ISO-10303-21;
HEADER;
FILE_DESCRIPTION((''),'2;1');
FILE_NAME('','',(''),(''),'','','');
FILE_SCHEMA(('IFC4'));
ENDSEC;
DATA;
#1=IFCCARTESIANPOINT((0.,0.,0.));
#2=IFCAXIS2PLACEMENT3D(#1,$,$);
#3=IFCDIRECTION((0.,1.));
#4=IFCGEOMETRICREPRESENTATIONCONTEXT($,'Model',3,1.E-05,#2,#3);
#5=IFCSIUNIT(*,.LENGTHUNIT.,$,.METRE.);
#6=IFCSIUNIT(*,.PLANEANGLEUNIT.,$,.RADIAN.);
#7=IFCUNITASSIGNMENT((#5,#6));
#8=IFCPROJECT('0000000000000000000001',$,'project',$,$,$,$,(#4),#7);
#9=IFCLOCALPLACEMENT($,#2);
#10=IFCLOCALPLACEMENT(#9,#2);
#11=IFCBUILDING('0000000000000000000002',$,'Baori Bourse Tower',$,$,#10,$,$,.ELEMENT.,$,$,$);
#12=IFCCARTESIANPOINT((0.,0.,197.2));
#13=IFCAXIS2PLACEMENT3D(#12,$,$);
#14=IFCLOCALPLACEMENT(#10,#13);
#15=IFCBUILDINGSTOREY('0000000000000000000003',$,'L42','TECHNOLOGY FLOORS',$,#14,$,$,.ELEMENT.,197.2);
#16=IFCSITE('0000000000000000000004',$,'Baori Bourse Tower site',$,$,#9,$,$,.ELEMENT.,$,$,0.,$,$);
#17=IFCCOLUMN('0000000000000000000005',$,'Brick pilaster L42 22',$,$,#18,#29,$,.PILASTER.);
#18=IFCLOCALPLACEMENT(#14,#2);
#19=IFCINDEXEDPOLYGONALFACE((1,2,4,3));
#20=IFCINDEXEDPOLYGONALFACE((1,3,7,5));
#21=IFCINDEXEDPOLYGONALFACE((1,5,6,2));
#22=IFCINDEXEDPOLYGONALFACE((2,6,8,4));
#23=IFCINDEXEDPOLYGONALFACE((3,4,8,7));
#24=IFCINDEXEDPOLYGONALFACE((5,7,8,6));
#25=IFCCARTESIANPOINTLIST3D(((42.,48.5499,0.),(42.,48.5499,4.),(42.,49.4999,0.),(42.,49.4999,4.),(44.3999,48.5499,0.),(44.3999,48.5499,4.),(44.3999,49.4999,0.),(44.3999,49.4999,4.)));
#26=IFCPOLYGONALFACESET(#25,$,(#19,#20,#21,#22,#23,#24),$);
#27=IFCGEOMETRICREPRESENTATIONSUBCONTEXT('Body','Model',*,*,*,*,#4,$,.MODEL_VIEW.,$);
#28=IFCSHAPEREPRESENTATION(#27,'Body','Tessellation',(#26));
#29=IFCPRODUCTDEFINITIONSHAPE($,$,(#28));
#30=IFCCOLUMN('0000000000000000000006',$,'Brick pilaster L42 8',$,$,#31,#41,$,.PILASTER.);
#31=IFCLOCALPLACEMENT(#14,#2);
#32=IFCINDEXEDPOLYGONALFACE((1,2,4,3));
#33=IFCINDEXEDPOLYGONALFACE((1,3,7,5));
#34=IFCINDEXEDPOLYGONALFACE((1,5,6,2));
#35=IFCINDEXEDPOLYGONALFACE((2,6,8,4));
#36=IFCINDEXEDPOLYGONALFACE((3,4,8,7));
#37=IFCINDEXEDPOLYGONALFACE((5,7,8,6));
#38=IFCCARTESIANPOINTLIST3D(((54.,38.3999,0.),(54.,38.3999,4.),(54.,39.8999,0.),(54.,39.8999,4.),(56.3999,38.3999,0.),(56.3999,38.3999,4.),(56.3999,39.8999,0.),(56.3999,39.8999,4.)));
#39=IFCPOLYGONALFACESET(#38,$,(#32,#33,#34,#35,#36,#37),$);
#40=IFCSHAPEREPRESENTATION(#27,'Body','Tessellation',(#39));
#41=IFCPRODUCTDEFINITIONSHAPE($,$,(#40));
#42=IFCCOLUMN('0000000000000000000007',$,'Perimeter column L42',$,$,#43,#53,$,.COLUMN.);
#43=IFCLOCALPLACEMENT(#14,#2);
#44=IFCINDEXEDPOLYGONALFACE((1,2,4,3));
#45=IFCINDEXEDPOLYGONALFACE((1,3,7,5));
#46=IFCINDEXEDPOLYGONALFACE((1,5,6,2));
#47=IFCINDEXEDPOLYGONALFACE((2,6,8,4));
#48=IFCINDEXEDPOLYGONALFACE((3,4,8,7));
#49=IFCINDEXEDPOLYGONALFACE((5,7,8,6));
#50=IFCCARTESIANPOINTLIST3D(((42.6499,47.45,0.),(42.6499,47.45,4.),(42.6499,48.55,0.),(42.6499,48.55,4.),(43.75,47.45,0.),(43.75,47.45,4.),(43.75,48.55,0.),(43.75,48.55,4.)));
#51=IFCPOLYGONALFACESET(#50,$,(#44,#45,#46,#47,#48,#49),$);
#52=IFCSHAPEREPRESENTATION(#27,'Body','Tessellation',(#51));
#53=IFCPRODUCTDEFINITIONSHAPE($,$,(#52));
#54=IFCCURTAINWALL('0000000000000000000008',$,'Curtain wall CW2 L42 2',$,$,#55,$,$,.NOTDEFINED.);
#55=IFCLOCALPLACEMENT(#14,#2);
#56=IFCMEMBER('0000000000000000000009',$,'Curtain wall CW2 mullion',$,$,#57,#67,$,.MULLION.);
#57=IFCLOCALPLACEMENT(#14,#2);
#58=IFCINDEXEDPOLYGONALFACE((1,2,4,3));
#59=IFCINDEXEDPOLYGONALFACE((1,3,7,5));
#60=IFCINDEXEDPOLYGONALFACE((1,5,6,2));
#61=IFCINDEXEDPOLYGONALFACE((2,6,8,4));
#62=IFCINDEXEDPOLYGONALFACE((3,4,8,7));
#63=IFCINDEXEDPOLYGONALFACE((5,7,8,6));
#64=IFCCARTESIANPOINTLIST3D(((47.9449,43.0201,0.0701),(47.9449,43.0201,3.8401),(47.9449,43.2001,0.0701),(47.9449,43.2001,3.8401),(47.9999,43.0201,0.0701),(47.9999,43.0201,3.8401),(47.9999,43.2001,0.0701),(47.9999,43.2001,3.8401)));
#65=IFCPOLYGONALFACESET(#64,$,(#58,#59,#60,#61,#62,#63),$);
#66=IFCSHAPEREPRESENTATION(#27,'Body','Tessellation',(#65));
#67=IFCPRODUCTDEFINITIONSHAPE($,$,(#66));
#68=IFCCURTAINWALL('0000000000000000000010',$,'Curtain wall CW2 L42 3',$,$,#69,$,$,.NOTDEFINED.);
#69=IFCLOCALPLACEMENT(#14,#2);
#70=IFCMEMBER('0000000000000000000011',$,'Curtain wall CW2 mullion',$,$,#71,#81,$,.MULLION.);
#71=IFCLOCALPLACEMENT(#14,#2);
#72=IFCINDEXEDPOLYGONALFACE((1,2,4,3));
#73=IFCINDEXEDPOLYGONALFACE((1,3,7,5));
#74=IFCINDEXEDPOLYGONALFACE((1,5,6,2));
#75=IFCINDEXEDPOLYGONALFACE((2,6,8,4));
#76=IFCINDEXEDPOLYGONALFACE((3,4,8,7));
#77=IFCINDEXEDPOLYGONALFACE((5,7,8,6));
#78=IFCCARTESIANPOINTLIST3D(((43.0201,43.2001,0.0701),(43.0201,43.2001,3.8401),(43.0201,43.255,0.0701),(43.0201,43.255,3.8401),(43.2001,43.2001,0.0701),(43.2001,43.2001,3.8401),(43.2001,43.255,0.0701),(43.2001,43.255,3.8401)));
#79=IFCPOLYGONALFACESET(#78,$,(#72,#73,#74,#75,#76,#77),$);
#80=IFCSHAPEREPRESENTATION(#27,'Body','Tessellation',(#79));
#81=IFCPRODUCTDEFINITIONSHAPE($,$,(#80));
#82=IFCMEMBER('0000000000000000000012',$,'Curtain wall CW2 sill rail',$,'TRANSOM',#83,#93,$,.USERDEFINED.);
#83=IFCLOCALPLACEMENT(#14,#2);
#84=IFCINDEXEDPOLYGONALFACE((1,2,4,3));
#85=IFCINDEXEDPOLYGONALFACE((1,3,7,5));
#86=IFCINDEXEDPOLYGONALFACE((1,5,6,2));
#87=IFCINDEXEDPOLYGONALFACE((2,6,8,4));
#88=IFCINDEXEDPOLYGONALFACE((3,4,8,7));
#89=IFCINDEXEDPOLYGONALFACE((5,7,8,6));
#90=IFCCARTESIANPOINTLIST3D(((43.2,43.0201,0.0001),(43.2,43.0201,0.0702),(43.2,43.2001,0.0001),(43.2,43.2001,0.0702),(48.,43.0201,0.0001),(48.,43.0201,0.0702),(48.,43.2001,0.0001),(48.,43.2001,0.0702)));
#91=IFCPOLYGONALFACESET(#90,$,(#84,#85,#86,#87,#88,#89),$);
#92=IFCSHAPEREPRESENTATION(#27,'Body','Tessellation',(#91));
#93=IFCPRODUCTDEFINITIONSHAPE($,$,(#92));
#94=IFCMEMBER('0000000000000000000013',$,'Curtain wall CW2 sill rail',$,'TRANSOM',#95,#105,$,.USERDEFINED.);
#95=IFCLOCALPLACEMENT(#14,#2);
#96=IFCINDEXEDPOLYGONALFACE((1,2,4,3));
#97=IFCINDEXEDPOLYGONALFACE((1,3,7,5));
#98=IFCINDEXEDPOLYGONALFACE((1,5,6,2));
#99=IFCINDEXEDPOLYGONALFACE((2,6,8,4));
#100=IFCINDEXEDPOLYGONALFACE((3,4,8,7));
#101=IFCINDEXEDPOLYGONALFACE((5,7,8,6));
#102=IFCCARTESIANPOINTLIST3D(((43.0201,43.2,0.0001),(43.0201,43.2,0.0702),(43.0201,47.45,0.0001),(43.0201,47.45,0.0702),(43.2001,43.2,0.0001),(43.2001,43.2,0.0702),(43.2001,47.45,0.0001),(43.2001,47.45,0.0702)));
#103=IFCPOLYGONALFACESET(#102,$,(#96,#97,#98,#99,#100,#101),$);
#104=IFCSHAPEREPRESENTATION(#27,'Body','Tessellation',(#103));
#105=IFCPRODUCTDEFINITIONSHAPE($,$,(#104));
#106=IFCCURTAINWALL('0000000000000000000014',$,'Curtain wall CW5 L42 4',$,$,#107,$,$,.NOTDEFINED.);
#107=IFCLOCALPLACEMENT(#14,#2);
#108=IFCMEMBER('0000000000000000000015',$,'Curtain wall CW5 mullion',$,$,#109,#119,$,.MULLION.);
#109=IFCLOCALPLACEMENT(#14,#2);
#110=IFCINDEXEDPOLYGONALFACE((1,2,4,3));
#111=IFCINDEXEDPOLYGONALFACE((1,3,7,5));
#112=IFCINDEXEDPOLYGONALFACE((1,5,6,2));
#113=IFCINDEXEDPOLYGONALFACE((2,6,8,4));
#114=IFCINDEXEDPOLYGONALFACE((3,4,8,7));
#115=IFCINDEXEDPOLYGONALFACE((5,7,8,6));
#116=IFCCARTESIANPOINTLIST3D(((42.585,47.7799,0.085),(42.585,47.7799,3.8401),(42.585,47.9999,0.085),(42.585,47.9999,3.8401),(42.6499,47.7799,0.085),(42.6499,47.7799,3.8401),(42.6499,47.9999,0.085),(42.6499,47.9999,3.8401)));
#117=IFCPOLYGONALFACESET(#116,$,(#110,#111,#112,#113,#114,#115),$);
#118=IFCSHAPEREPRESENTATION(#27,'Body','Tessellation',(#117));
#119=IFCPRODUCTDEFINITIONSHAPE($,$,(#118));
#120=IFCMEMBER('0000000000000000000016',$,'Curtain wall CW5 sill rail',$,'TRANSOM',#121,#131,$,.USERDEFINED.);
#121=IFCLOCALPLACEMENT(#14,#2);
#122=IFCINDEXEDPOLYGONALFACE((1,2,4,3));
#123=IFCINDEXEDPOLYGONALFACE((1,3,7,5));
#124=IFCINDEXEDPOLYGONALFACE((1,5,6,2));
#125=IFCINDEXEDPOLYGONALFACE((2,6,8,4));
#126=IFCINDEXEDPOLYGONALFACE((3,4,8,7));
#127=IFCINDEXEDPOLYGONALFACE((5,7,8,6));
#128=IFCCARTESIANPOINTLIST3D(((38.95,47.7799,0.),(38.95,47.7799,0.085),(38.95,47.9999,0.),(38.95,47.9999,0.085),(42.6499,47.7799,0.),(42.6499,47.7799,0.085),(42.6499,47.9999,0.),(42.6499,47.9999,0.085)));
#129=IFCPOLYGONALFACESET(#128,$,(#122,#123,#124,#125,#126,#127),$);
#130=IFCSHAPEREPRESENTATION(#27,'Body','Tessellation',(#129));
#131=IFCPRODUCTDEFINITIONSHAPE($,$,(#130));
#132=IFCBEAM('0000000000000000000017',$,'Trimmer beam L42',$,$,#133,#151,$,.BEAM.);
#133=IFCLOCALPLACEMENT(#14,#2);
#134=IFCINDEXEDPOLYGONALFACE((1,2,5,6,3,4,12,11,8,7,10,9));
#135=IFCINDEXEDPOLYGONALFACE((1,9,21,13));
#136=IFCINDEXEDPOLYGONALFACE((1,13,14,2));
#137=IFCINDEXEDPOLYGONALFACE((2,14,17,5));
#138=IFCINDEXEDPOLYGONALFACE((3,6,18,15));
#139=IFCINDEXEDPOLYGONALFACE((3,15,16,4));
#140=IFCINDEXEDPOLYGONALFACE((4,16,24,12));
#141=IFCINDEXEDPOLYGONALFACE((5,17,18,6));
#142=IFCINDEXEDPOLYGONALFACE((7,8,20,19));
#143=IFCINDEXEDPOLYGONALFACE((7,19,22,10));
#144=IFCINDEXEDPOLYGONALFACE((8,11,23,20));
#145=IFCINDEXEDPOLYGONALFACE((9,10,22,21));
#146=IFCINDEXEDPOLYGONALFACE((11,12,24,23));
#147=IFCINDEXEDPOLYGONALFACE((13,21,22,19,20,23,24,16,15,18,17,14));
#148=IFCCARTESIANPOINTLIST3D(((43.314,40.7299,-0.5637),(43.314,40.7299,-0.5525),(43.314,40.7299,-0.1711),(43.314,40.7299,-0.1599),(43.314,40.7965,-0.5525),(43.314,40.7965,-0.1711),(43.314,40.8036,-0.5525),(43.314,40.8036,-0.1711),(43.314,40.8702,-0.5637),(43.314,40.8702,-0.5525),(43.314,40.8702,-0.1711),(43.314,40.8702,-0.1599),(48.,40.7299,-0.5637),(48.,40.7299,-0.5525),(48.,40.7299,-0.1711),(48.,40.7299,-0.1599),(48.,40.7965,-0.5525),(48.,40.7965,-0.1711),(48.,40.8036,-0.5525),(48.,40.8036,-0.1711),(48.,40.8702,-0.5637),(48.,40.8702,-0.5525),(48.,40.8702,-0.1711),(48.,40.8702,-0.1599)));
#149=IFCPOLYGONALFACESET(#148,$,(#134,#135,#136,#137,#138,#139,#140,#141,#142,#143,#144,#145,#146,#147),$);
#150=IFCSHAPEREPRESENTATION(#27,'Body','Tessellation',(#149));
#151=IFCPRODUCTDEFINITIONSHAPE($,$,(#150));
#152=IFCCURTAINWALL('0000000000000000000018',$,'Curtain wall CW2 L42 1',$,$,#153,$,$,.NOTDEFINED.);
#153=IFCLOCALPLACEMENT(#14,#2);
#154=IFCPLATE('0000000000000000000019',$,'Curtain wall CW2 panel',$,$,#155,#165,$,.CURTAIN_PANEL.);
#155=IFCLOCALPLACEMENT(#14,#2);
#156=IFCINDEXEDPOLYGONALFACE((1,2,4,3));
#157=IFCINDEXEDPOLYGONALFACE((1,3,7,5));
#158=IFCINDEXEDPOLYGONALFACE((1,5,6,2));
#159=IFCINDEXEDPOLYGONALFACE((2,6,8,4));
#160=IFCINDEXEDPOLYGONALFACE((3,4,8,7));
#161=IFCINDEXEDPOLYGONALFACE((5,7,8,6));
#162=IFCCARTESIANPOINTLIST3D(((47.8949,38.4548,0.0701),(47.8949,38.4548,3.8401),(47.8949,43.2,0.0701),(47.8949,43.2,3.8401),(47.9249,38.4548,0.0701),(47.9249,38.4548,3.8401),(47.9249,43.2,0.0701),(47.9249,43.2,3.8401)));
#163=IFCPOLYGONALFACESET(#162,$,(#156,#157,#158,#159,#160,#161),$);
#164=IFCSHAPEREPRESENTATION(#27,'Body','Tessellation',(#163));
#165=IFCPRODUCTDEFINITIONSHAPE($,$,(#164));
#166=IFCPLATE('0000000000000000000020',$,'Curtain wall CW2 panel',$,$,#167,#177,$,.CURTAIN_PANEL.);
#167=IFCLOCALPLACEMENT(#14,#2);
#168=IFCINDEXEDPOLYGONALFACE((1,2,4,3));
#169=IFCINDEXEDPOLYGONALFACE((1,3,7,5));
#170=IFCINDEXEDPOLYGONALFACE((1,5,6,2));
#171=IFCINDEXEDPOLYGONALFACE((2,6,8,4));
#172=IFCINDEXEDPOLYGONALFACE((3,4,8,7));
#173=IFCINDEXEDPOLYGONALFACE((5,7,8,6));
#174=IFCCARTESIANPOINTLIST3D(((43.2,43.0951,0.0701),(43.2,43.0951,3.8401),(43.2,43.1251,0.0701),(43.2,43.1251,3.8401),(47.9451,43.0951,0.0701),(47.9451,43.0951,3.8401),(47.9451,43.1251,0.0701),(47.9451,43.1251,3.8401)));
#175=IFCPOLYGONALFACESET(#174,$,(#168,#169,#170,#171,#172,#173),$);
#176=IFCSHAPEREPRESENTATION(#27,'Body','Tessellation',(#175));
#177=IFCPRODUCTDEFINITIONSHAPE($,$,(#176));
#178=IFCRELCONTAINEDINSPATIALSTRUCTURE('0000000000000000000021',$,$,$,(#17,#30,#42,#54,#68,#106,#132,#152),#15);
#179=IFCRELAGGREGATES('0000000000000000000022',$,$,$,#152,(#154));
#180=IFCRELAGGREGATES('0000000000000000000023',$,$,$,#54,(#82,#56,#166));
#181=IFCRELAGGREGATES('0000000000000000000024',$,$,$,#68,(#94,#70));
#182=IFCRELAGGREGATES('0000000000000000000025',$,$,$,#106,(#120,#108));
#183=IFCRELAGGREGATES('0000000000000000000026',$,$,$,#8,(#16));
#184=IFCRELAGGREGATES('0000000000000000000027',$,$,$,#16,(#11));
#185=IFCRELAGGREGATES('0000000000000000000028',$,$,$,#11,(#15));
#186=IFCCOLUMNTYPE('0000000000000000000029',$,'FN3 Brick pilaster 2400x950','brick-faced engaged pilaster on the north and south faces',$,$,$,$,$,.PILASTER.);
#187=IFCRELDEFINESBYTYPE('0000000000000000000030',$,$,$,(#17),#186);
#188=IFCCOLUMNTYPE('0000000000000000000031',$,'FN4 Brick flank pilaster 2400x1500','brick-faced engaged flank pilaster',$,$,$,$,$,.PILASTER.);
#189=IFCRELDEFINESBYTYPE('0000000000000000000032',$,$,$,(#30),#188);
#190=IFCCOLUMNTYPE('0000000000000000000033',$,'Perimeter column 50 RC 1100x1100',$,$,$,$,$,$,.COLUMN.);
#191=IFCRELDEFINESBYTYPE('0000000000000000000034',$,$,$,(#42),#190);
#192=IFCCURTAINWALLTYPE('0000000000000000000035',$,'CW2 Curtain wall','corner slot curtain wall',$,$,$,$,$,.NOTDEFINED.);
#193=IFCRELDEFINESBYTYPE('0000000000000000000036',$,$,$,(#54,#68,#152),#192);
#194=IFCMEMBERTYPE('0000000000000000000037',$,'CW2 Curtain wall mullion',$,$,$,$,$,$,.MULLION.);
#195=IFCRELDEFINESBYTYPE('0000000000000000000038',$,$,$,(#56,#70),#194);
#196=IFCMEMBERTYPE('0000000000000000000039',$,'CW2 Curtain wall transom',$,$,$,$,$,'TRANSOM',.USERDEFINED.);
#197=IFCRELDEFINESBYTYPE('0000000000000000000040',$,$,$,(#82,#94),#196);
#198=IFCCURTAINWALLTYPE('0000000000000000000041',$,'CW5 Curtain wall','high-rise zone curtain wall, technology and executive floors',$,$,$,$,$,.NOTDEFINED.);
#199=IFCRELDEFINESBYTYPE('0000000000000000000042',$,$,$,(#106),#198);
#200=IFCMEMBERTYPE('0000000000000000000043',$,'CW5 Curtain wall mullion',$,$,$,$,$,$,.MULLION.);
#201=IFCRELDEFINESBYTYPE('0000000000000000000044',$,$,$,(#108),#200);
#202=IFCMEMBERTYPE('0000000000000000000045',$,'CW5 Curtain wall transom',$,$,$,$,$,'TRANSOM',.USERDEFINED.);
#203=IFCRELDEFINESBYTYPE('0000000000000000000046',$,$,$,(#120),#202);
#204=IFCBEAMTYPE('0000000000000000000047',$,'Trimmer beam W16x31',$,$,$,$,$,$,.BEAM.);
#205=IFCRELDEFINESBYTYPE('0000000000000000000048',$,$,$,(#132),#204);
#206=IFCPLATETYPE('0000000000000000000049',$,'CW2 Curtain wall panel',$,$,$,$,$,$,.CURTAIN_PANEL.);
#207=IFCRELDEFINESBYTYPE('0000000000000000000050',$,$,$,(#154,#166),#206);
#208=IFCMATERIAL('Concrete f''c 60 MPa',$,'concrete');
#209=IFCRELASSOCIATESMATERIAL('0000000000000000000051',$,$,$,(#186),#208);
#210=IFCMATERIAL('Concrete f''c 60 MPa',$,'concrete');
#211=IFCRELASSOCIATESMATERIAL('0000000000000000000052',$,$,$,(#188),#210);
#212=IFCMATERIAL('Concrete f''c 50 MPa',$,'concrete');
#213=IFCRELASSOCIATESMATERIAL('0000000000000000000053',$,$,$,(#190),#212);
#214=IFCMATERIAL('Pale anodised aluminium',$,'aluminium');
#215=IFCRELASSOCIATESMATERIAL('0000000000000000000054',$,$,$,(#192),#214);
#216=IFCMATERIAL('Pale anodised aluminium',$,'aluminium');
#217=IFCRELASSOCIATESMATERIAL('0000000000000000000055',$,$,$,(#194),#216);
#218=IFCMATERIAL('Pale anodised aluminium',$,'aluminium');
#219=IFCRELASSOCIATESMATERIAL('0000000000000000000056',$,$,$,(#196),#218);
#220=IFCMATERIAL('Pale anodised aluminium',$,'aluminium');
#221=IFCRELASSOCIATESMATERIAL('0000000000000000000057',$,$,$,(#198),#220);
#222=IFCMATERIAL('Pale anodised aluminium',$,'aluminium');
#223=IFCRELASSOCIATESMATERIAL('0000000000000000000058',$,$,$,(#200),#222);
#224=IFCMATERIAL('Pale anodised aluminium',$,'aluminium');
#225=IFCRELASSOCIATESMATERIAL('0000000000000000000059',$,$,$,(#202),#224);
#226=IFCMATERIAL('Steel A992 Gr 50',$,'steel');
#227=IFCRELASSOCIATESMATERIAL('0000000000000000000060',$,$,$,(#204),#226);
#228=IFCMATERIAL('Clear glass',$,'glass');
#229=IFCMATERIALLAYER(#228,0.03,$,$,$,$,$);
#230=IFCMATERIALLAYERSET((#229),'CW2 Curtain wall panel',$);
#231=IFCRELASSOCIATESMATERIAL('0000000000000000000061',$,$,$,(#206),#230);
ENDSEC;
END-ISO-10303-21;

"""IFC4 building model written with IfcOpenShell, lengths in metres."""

from ifc_helpers import new_model, si_unit, direction, frame, origin, origin_2d, place, context, subcontext, project, spatial, rectangle, i_section, extrude, material, layer, layer_set, material_profile, profile_set, type_object, element, aggregate, save


model = new_model("IFC4")

# Units and contexts
model_context = context("Model", 3, precision=1e-05, world=origin(), true_north=direction((0.0, 1.0)))
body_context = subcontext(model_context, "Body", "Model", "MODEL_VIEW")
ifc_project = project(units=[si_unit("LENGTHUNIT", "METRE"), si_unit("PLANEANGLEUNIT", "RADIAN")], contexts=[model_context])

# Site, building, storey
site_placement = place(None, origin())
site = spatial("IfcSite", under=ifc_project, at=site_placement, Name="Baori Bourse Tower site", CompositionType="ELEMENT", RefElevation=0.0)
building_placement = place(site_placement, origin())
building = spatial("IfcBuilding", under=site, at=building_placement, Name="Baori Bourse Tower", CompositionType="ELEMENT")
storey_placement = place(building_placement, frame((0.0, 0.0, 197.2)))
storey = spatial("IfcBuildingStorey", under=building, at=storey_placement, Name="L42", Description="TECHNOLOGY FLOORS", CompositionType="ELEMENT", Elevation=197.2)

# Columns
ifc_material_1 = material(Name="Concrete f'c 60 MPa", Category="concrete")
ifc_material_profile_1 = material_profile(ifc_material_1, rectangle(XDim=2.3999, YDim=0.95, at=origin_2d()), Name="RC 2400x950")
ifc_profile_set_1 = profile_set([ifc_material_profile_1], Name="Concrete f'c 60 MPa")
column_type_1 = type_object("IfcColumnType", Name="FN3 Brick pilaster 2400x950", Description="brick-faced engaged pilaster on the north and south faces", PredefinedType="PILASTER", material=ifc_profile_set_1)
column_1_placement = place(storey_placement, frame((43.2, 49.0249, 0.0), z_axis=(0.0, 0.0, 1.0), x_axis=(1.0, 0.0, 0.0)))
element("IfcColumn", 1, at=column_1_placement, inside=storey, type_object=column_type_1, Name="Brick pilaster L42 22", PredefinedType="PILASTER", context=body_context, shape_type="SweptSolid", body=[
    extrude(rectangle(XDim=2.3999, YDim=0.95, at=origin_2d()), origin(), (0.0, 0.0, 1.0), 4.0),
])
ifc_material_2 = material(Name="Concrete f'c 60 MPa", Category="concrete")
ifc_material_profile_2 = material_profile(ifc_material_2, rectangle(XDim=2.3999, YDim=1.5, at=origin_2d()), Name="RC 2400x1500")
ifc_profile_set_2 = profile_set([ifc_material_profile_2], Name="Concrete f'c 60 MPa")
column_type_2 = type_object("IfcColumnType", Name="FN4 Brick flank pilaster 2400x1500", Description="brick-faced engaged flank pilaster", PredefinedType="PILASTER", material=ifc_profile_set_2)
column_2_placement = place(storey_placement, frame((55.2, 39.1499, 0.0), z_axis=(0.0, 0.0, 1.0), x_axis=(1.0, 0.0, 0.0)))
element("IfcColumn", 2, at=column_2_placement, inside=storey, type_object=column_type_2, Name="Brick pilaster L42 8", PredefinedType="PILASTER", context=body_context, shape_type="SweptSolid", body=[
    extrude(rectangle(XDim=2.3999, YDim=1.5, at=origin_2d()), origin(), (0.0, 0.0, 1.0), 4.0),
])
ifc_material_3 = material(Name="Concrete f'c 50 MPa", Category="concrete")
ifc_material_profile_3 = material_profile(ifc_material_3, rectangle(XDim=1.1001, YDim=1.1001, at=origin_2d()), Name="RC 1100x1100")
ifc_profile_set_3 = profile_set([ifc_material_profile_3], Name="Concrete f'c 50 MPa")
column_type_3 = type_object("IfcColumnType", Name="Perimeter column 50 RC 1100x1100", PredefinedType="COLUMN", material=ifc_profile_set_3)
column_3_placement = place(storey_placement, frame((43.2, 48.0, 0.0), z_axis=(0.0, 0.0, 1.0), x_axis=(1.0, 0.0, 0.0)))
element("IfcColumn", 3, at=column_3_placement, inside=storey, type_object=column_type_3, Name="Perimeter column L42", PredefinedType="COLUMN", context=body_context, shape_type="SweptSolid", body=[
    extrude(rectangle(XDim=1.1001, YDim=1.1001, at=origin_2d()), origin(), (0.0, 0.0, 1.0), 4.0),
])

# Curtain walls, members
ifc_material_4 = material(Name="Pale anodised aluminium", Category="aluminium")
curtain_wall_type_1 = type_object("IfcCurtainWallType", Name="CW2 Curtain wall", Description="corner slot curtain wall", PredefinedType="NOTDEFINED", material=ifc_material_4)
curtain_wall_1_placement = place(storey_placement, origin())
curtain_wall_1 = element("IfcCurtainWall", 4, at=curtain_wall_1_placement, inside=storey, type_object=curtain_wall_type_1, Name="Curtain wall CW2 L42 2", PredefinedType="NOTDEFINED")
ifc_material_5 = material(Name="Pale anodised aluminium", Category="aluminium")
ifc_material_profile_4 = material_profile(ifc_material_5, rectangle(XDim=0.1799, YDim=0.0549, at=origin_2d()), Name="Mullion 55x180")
ifc_profile_set_4 = profile_set([ifc_material_profile_4], Name="Pale anodised aluminium")
member_type_1 = type_object("IfcMemberType", Name="CW2 Curtain wall mullion", PredefinedType="MULLION", material=ifc_profile_set_4)
member_1_placement = place(storey_placement, frame((47.9724, 43.1101, 0.0701), z_axis=(0.0, 0.0, 1.0), x_axis=(0.0, -1.0, 0.0)))
member_1 = element("IfcMember", 5, at=member_1_placement, type_object=member_type_1, Name="Curtain wall CW2 mullion", PredefinedType="MULLION", context=body_context, shape_type="SweptSolid", body=[
    extrude(rectangle(XDim=0.1799, YDim=0.0549, at=origin_2d()), origin(), (0.0, 0.0, 1.0), 3.77),
])
curtain_wall_2_placement = place(storey_placement, origin())
curtain_wall_2 = element("IfcCurtainWall", 6, at=curtain_wall_2_placement, inside=storey, type_object=curtain_wall_type_1, Name="Curtain wall CW2 L42 3", PredefinedType="NOTDEFINED")
member_2_placement = place(storey_placement, frame((43.1101, 43.2275, 0.0701), z_axis=(0.0, 0.0, 1.0), x_axis=(-1.0, 0.0, 0.0)))
member_2 = element("IfcMember", 7, at=member_2_placement, type_object=member_type_1, Name="Curtain wall CW2 mullion", PredefinedType="MULLION", context=body_context, shape_type="SweptSolid", body=[
    extrude(rectangle(XDim=0.1799, YDim=0.0549, at=origin_2d()), origin(), (0.0, 0.0, 1.0), 3.77),
])

# Members
ifc_material_6 = material(Name="Pale anodised aluminium", Category="aluminium")
ifc_material_profile_5 = material_profile(ifc_material_6, rectangle(XDim=0.1799, YDim=0.0701, at=origin_2d()), Name="Transom 70x180")
ifc_profile_set_5 = profile_set([ifc_material_profile_5], Name="Pale anodised aluminium")
member_type_2 = type_object("IfcMemberType", Name="CW2 Curtain wall transom", ElementType="TRANSOM", PredefinedType="USERDEFINED", material=ifc_profile_set_5)
member_3_placement = place(storey_placement, frame((48.0, 43.1101, 0.0352), z_axis=(-1.0, 0.0, 0.0), x_axis=(0.0, -1.0, 0.0)))
member_3 = element("IfcMember", 8, at=member_3_placement, type_object=member_type_2, Name="Curtain wall CW2 sill rail", ObjectType="TRANSOM", PredefinedType="USERDEFINED", context=body_context, shape_type="SweptSolid", body=[
    extrude(rectangle(XDim=0.1799, YDim=0.0701, at=origin_2d()), origin(), (0.0, 0.0, 1.0), 4.8),
])
member_4_placement = place(storey_placement, frame((43.1101, 43.2, 0.0352), z_axis=(0.0, 1.0, 0.0), x_axis=(-1.0, 0.0, 0.0)))
member_4 = element("IfcMember", 9, at=member_4_placement, type_object=member_type_2, Name="Curtain wall CW2 sill rail", ObjectType="TRANSOM", PredefinedType="USERDEFINED", context=body_context, shape_type="SweptSolid", body=[
    extrude(rectangle(XDim=0.1799, YDim=0.0701, at=origin_2d()), origin(), (0.0, 0.0, 1.0), 4.25),
])

# Curtain wall, members
ifc_material_7 = material(Name="Pale anodised aluminium", Category="aluminium")
curtain_wall_type_2 = type_object("IfcCurtainWallType", Name="CW5 Curtain wall", Description="high-rise zone curtain wall, technology and executive floors", PredefinedType="NOTDEFINED", material=ifc_material_7)
curtain_wall_3_placement = place(storey_placement, origin())
curtain_wall_3 = element("IfcCurtainWall", 10, at=curtain_wall_3_placement, inside=storey, type_object=curtain_wall_type_2, Name="Curtain wall CW5 L42 4", PredefinedType="NOTDEFINED")
ifc_material_8 = material(Name="Pale anodised aluminium", Category="aluminium")
ifc_material_profile_6 = material_profile(ifc_material_8, rectangle(XDim=0.22, YDim=0.0649, at=origin_2d()), Name="Mullion 65x220")
ifc_profile_set_6 = profile_set([ifc_material_profile_6], Name="Pale anodised aluminium")
member_type_3 = type_object("IfcMemberType", Name="CW5 Curtain wall mullion", PredefinedType="MULLION", material=ifc_profile_set_6)
member_5_placement = place(storey_placement, frame((42.6174, 47.8899, 0.085), z_axis=(0.0, 0.0, 1.0), x_axis=(0.0, -1.0, 0.0)))
member_5 = element("IfcMember", 11, at=member_5_placement, type_object=member_type_3, Name="Curtain wall CW5 mullion", PredefinedType="MULLION", context=body_context, shape_type="SweptSolid", body=[
    extrude(rectangle(XDim=0.22, YDim=0.0649, at=origin_2d()), origin(), (0.0, 0.0, 1.0), 3.7551),
])
ifc_material_9 = material(Name="Pale anodised aluminium", Category="aluminium")
ifc_material_profile_7 = material_profile(ifc_material_9, rectangle(XDim=0.22, YDim=0.085, at=origin_2d()), Name="Transom 85x220")
ifc_profile_set_7 = profile_set([ifc_material_profile_7], Name="Pale anodised aluminium")
member_type_4 = type_object("IfcMemberType", Name="CW5 Curtain wall transom", ElementType="TRANSOM", PredefinedType="USERDEFINED", material=ifc_profile_set_7)
member_6_placement = place(storey_placement, frame((42.6499, 47.8899, 0.0425), z_axis=(-1.0, 0.0, 0.0), x_axis=(0.0, -1.0, 0.0)))
member_6 = element("IfcMember", 12, at=member_6_placement, type_object=member_type_4, Name="Curtain wall CW5 sill rail", ObjectType="TRANSOM", PredefinedType="USERDEFINED", context=body_context, shape_type="SweptSolid", body=[
    extrude(rectangle(XDim=0.22, YDim=0.085, at=origin_2d()), origin(), (0.0, 0.0, 1.0), 3.7),
])

# Beam
ifc_material_10 = material(Name="Steel A992 Gr 50", Category="steel")
ifc_material_profile_8 = material_profile(ifc_material_10, i_section(OverallWidth=0.1404, OverallDepth=0.4038, WebThickness=0.0071, FlangeThickness=0.0112, at=origin_2d()), Name="W16x31")
ifc_profile_set_8 = profile_set([ifc_material_profile_8], Name="Steel A992 Gr 50")
beam_type = type_object("IfcBeamType", Name="Trimmer beam W16x31", PredefinedType="BEAM", material=ifc_profile_set_8)
beam_placement = place(storey_placement, frame((43.314, 40.8, -0.3618), z_axis=(1.0, 0.0, 0.0), x_axis=(0.0, 1.0, 0.0)))
element("IfcBeam", 13, at=beam_placement, inside=storey, type_object=beam_type, Name="Trimmer beam L42", PredefinedType="BEAM", context=body_context, shape_type="SweptSolid", body=[
    extrude(i_section(OverallWidth=0.1404, OverallDepth=0.4038, WebThickness=0.0071, FlangeThickness=0.0112, at=origin_2d()), origin(), (0.0, 0.0, 1.0), 4.686),
])

# Curtain wall, plate
curtain_wall_4_placement = place(storey_placement, origin())
curtain_wall_4 = element("IfcCurtainWall", 14, at=curtain_wall_4_placement, inside=storey, type_object=curtain_wall_type_1, Name="Curtain wall CW2 L42 1", PredefinedType="NOTDEFINED")
ifc_material_11 = material(Name="Clear glass", Category="glass")
ifc_layer_1 = layer(ifc_material_11, 0.03)
ifc_layer_set_1 = layer_set([ifc_layer_1], Name="CW2 Curtain wall panel")
plate_type_1 = type_object("IfcPlateType", Name="CW2 Curtain wall panel", PredefinedType="CURTAIN_PANEL", material=ifc_layer_set_1)
plate_1_placement = place(storey_placement, frame((47.9099, 40.8274, 0.0701), z_axis=(0.0, 0.0, 1.0), x_axis=(0.0, 1.0, 0.0)))
plate_1 = element("IfcPlate", 15, at=plate_1_placement, type_object=plate_type_1, Name="Curtain wall CW2 panel", PredefinedType="CURTAIN_PANEL", context=body_context, shape_type="SweptSolid", body=[
    extrude(rectangle(XDim=4.7451, YDim=0.03, at=origin_2d()), origin(), (0.0, 0.0, 1.0), 3.77),
])
aggregate(curtain_wall_4, [plate_1])

# Plate
plate_2_placement = place(storey_placement, frame((45.5725, 43.1101, 0.0701), z_axis=(0.0, 0.0, 1.0), x_axis=(-1.0, 0.0, 0.0)))
plate_2 = element("IfcPlate", 16, at=plate_2_placement, type_object=plate_type_1, Name="Curtain wall CW2 panel", PredefinedType="CURTAIN_PANEL", context=body_context, shape_type="SweptSolid", body=[
    extrude(rectangle(XDim=4.7451, YDim=0.03, at=origin_2d()), origin(), (0.0, 0.0, 1.0), 3.77),
])
aggregate(curtain_wall_1, [member_3, member_1, plate_2])
aggregate(curtain_wall_2, [member_4, member_2])
aggregate(curtain_wall_3, [member_6, member_5])

save(model, "model.ifc")
